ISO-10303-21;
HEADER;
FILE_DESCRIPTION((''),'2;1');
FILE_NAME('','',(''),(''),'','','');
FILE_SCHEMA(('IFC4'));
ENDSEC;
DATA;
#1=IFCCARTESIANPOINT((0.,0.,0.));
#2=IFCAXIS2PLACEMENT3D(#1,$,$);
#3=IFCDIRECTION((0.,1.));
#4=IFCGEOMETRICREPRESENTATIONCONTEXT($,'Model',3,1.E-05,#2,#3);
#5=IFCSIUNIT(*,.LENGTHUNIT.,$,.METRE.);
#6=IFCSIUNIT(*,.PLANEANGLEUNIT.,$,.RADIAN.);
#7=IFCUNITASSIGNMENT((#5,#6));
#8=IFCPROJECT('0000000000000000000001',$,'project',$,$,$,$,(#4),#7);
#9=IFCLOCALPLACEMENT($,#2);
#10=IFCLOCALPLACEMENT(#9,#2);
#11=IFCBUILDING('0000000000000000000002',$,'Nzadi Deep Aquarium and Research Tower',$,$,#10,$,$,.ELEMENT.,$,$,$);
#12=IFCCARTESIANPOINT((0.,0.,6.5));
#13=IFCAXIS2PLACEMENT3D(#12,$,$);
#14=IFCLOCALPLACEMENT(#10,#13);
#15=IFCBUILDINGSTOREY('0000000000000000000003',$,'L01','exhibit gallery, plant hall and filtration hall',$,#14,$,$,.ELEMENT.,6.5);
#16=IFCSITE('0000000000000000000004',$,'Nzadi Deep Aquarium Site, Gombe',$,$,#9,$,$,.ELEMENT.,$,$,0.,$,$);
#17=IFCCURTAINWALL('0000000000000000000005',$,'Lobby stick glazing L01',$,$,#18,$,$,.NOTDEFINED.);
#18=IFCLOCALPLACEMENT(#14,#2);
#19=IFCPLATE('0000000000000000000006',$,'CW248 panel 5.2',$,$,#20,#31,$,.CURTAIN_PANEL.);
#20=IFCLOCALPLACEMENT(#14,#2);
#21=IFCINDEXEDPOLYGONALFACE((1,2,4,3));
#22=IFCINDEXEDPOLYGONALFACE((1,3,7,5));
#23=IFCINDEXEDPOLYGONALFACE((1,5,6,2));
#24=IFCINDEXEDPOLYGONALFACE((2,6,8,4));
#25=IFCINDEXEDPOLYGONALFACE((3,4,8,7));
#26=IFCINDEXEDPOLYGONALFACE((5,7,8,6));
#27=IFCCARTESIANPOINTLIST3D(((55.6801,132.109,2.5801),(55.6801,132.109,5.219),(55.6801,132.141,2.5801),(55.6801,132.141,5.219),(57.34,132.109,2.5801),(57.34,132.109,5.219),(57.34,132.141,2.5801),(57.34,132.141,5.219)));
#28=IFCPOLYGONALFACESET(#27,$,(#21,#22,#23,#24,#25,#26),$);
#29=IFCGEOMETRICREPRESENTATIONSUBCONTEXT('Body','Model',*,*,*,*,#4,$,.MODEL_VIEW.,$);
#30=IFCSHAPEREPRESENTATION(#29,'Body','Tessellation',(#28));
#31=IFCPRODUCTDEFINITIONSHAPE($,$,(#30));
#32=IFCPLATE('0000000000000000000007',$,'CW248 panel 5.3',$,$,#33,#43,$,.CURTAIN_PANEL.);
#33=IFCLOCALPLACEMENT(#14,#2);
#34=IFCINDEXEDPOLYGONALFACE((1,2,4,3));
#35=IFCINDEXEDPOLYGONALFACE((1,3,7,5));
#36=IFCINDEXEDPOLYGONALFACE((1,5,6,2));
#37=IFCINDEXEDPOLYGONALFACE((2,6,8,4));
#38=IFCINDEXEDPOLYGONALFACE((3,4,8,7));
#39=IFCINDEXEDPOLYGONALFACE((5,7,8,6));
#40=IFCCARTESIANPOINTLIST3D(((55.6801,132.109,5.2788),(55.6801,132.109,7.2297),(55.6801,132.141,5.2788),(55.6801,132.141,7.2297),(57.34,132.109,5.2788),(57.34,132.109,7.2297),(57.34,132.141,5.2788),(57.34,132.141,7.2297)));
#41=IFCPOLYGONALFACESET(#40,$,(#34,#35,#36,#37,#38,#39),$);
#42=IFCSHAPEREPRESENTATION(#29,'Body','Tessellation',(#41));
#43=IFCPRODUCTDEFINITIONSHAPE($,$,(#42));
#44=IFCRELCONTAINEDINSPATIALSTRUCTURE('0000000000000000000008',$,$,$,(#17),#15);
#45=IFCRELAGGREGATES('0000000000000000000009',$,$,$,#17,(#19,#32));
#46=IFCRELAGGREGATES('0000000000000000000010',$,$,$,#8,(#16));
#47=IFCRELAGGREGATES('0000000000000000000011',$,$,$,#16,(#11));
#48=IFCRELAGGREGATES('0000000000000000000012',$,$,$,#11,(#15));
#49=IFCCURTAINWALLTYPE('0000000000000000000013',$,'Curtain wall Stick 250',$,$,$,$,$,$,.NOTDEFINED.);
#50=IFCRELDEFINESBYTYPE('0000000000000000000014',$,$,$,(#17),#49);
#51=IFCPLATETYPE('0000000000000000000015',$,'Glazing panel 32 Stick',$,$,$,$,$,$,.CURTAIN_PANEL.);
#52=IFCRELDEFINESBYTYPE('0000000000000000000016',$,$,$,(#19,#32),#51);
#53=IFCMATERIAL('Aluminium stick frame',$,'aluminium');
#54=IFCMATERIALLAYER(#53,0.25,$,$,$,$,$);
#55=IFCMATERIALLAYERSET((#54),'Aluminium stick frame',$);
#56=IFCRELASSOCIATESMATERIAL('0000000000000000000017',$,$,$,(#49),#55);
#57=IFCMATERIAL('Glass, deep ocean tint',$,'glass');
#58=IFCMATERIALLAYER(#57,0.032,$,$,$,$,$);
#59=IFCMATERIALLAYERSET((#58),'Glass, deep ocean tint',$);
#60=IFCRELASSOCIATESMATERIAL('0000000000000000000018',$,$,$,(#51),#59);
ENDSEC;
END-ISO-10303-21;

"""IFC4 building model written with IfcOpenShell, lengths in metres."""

from ifc_helpers import new_model, si_unit, direction, frame, origin, origin_2d, place, context, subcontext, project, spatial, rectangle, extrude, material, layer, layer_set, type_object, element, aggregate, save


model = new_model("IFC4")

# Units and contexts
model_context = context("Model", 3, precision=1e-05, world=origin(), true_north=direction((0.0, 1.0)))
body_context = subcontext(model_context, "Body", "Model", "MODEL_VIEW")
ifc_project = project(units=[si_unit("LENGTHUNIT", "METRE"), si_unit("PLANEANGLEUNIT", "RADIAN")], contexts=[model_context])

# Site, building, storey
site_placement = place(None, origin())
site = spatial("IfcSite", under=ifc_project, at=site_placement, Name="Nzadi Deep Aquarium Site, Gombe", CompositionType="ELEMENT", RefElevation=0.0)
building_placement = place(site_placement, origin())
building = spatial("IfcBuilding", under=site, at=building_placement, Name="Nzadi Deep Aquarium and Research Tower", CompositionType="ELEMENT")
storey_placement = place(building_placement, frame((0.0, 0.0, 6.5)))
storey = spatial("IfcBuildingStorey", under=building, at=storey_placement, Name="L01", Description="exhibit gallery, plant hall and filtration hall", CompositionType="ELEMENT", Elevation=6.5)

# Curtain wall, plates
ifc_material_1 = material(Name="Aluminium stick frame", Category="aluminium")
ifc_layer_1 = layer(ifc_material_1, 0.25)
ifc_layer_set_1 = layer_set([ifc_layer_1], Name="Aluminium stick frame")
curtain_wall_type = type_object("IfcCurtainWallType", Name="Curtain wall Stick 250", PredefinedType="NOTDEFINED", material=ifc_layer_set_1)
curtain_wall_placement = place(storey_placement, origin())
curtain_wall = element("IfcCurtainWall", 1, at=curtain_wall_placement, inside=storey, type_object=curtain_wall_type, Name="Lobby stick glazing L01", PredefinedType="NOTDEFINED")
ifc_material_2 = material(Name="Glass, deep ocean tint", Category="glass")
ifc_layer_2 = layer(ifc_material_2, 0.032)
ifc_layer_set_2 = layer_set([ifc_layer_2], Name="Glass, deep ocean tint")
plate_type = type_object("IfcPlateType", Name="Glazing panel 32 Stick", PredefinedType="CURTAIN_PANEL", material=ifc_layer_set_2)
plate_1_placement = place(storey_placement, frame((56.51, 132.125, 2.5801), z_axis=(0.0, 0.0, 1.0), x_axis=(1.0, 0.0, 0.0)))
plate_1 = element("IfcPlate", 2, at=plate_1_placement, type_object=plate_type, Name="CW248 panel 5.2", PredefinedType="CURTAIN_PANEL", context=body_context, shape_type="SweptSolid", body=[
    extrude(rectangle(XDim=1.6599, YDim=0.032, at=origin_2d()), origin(), (0.0, 0.0, 1.0), 2.6389),
])
plate_2_placement = place(storey_placement, frame((56.51, 132.125, 5.2788), z_axis=(0.0, 0.0, 1.0), x_axis=(1.0, 0.0, 0.0)))
plate_2 = element("IfcPlate", 3, at=plate_2_placement, type_object=plate_type, Name="CW248 panel 5.3", PredefinedType="CURTAIN_PANEL", context=body_context, shape_type="SweptSolid", body=[
    extrude(rectangle(XDim=1.6599, YDim=0.032, at=origin_2d()), origin(), (0.0, 0.0, 1.0), 1.9509),
])
aggregate(curtain_wall, [plate_1, plate_2])

save(model, "model.ifc")
